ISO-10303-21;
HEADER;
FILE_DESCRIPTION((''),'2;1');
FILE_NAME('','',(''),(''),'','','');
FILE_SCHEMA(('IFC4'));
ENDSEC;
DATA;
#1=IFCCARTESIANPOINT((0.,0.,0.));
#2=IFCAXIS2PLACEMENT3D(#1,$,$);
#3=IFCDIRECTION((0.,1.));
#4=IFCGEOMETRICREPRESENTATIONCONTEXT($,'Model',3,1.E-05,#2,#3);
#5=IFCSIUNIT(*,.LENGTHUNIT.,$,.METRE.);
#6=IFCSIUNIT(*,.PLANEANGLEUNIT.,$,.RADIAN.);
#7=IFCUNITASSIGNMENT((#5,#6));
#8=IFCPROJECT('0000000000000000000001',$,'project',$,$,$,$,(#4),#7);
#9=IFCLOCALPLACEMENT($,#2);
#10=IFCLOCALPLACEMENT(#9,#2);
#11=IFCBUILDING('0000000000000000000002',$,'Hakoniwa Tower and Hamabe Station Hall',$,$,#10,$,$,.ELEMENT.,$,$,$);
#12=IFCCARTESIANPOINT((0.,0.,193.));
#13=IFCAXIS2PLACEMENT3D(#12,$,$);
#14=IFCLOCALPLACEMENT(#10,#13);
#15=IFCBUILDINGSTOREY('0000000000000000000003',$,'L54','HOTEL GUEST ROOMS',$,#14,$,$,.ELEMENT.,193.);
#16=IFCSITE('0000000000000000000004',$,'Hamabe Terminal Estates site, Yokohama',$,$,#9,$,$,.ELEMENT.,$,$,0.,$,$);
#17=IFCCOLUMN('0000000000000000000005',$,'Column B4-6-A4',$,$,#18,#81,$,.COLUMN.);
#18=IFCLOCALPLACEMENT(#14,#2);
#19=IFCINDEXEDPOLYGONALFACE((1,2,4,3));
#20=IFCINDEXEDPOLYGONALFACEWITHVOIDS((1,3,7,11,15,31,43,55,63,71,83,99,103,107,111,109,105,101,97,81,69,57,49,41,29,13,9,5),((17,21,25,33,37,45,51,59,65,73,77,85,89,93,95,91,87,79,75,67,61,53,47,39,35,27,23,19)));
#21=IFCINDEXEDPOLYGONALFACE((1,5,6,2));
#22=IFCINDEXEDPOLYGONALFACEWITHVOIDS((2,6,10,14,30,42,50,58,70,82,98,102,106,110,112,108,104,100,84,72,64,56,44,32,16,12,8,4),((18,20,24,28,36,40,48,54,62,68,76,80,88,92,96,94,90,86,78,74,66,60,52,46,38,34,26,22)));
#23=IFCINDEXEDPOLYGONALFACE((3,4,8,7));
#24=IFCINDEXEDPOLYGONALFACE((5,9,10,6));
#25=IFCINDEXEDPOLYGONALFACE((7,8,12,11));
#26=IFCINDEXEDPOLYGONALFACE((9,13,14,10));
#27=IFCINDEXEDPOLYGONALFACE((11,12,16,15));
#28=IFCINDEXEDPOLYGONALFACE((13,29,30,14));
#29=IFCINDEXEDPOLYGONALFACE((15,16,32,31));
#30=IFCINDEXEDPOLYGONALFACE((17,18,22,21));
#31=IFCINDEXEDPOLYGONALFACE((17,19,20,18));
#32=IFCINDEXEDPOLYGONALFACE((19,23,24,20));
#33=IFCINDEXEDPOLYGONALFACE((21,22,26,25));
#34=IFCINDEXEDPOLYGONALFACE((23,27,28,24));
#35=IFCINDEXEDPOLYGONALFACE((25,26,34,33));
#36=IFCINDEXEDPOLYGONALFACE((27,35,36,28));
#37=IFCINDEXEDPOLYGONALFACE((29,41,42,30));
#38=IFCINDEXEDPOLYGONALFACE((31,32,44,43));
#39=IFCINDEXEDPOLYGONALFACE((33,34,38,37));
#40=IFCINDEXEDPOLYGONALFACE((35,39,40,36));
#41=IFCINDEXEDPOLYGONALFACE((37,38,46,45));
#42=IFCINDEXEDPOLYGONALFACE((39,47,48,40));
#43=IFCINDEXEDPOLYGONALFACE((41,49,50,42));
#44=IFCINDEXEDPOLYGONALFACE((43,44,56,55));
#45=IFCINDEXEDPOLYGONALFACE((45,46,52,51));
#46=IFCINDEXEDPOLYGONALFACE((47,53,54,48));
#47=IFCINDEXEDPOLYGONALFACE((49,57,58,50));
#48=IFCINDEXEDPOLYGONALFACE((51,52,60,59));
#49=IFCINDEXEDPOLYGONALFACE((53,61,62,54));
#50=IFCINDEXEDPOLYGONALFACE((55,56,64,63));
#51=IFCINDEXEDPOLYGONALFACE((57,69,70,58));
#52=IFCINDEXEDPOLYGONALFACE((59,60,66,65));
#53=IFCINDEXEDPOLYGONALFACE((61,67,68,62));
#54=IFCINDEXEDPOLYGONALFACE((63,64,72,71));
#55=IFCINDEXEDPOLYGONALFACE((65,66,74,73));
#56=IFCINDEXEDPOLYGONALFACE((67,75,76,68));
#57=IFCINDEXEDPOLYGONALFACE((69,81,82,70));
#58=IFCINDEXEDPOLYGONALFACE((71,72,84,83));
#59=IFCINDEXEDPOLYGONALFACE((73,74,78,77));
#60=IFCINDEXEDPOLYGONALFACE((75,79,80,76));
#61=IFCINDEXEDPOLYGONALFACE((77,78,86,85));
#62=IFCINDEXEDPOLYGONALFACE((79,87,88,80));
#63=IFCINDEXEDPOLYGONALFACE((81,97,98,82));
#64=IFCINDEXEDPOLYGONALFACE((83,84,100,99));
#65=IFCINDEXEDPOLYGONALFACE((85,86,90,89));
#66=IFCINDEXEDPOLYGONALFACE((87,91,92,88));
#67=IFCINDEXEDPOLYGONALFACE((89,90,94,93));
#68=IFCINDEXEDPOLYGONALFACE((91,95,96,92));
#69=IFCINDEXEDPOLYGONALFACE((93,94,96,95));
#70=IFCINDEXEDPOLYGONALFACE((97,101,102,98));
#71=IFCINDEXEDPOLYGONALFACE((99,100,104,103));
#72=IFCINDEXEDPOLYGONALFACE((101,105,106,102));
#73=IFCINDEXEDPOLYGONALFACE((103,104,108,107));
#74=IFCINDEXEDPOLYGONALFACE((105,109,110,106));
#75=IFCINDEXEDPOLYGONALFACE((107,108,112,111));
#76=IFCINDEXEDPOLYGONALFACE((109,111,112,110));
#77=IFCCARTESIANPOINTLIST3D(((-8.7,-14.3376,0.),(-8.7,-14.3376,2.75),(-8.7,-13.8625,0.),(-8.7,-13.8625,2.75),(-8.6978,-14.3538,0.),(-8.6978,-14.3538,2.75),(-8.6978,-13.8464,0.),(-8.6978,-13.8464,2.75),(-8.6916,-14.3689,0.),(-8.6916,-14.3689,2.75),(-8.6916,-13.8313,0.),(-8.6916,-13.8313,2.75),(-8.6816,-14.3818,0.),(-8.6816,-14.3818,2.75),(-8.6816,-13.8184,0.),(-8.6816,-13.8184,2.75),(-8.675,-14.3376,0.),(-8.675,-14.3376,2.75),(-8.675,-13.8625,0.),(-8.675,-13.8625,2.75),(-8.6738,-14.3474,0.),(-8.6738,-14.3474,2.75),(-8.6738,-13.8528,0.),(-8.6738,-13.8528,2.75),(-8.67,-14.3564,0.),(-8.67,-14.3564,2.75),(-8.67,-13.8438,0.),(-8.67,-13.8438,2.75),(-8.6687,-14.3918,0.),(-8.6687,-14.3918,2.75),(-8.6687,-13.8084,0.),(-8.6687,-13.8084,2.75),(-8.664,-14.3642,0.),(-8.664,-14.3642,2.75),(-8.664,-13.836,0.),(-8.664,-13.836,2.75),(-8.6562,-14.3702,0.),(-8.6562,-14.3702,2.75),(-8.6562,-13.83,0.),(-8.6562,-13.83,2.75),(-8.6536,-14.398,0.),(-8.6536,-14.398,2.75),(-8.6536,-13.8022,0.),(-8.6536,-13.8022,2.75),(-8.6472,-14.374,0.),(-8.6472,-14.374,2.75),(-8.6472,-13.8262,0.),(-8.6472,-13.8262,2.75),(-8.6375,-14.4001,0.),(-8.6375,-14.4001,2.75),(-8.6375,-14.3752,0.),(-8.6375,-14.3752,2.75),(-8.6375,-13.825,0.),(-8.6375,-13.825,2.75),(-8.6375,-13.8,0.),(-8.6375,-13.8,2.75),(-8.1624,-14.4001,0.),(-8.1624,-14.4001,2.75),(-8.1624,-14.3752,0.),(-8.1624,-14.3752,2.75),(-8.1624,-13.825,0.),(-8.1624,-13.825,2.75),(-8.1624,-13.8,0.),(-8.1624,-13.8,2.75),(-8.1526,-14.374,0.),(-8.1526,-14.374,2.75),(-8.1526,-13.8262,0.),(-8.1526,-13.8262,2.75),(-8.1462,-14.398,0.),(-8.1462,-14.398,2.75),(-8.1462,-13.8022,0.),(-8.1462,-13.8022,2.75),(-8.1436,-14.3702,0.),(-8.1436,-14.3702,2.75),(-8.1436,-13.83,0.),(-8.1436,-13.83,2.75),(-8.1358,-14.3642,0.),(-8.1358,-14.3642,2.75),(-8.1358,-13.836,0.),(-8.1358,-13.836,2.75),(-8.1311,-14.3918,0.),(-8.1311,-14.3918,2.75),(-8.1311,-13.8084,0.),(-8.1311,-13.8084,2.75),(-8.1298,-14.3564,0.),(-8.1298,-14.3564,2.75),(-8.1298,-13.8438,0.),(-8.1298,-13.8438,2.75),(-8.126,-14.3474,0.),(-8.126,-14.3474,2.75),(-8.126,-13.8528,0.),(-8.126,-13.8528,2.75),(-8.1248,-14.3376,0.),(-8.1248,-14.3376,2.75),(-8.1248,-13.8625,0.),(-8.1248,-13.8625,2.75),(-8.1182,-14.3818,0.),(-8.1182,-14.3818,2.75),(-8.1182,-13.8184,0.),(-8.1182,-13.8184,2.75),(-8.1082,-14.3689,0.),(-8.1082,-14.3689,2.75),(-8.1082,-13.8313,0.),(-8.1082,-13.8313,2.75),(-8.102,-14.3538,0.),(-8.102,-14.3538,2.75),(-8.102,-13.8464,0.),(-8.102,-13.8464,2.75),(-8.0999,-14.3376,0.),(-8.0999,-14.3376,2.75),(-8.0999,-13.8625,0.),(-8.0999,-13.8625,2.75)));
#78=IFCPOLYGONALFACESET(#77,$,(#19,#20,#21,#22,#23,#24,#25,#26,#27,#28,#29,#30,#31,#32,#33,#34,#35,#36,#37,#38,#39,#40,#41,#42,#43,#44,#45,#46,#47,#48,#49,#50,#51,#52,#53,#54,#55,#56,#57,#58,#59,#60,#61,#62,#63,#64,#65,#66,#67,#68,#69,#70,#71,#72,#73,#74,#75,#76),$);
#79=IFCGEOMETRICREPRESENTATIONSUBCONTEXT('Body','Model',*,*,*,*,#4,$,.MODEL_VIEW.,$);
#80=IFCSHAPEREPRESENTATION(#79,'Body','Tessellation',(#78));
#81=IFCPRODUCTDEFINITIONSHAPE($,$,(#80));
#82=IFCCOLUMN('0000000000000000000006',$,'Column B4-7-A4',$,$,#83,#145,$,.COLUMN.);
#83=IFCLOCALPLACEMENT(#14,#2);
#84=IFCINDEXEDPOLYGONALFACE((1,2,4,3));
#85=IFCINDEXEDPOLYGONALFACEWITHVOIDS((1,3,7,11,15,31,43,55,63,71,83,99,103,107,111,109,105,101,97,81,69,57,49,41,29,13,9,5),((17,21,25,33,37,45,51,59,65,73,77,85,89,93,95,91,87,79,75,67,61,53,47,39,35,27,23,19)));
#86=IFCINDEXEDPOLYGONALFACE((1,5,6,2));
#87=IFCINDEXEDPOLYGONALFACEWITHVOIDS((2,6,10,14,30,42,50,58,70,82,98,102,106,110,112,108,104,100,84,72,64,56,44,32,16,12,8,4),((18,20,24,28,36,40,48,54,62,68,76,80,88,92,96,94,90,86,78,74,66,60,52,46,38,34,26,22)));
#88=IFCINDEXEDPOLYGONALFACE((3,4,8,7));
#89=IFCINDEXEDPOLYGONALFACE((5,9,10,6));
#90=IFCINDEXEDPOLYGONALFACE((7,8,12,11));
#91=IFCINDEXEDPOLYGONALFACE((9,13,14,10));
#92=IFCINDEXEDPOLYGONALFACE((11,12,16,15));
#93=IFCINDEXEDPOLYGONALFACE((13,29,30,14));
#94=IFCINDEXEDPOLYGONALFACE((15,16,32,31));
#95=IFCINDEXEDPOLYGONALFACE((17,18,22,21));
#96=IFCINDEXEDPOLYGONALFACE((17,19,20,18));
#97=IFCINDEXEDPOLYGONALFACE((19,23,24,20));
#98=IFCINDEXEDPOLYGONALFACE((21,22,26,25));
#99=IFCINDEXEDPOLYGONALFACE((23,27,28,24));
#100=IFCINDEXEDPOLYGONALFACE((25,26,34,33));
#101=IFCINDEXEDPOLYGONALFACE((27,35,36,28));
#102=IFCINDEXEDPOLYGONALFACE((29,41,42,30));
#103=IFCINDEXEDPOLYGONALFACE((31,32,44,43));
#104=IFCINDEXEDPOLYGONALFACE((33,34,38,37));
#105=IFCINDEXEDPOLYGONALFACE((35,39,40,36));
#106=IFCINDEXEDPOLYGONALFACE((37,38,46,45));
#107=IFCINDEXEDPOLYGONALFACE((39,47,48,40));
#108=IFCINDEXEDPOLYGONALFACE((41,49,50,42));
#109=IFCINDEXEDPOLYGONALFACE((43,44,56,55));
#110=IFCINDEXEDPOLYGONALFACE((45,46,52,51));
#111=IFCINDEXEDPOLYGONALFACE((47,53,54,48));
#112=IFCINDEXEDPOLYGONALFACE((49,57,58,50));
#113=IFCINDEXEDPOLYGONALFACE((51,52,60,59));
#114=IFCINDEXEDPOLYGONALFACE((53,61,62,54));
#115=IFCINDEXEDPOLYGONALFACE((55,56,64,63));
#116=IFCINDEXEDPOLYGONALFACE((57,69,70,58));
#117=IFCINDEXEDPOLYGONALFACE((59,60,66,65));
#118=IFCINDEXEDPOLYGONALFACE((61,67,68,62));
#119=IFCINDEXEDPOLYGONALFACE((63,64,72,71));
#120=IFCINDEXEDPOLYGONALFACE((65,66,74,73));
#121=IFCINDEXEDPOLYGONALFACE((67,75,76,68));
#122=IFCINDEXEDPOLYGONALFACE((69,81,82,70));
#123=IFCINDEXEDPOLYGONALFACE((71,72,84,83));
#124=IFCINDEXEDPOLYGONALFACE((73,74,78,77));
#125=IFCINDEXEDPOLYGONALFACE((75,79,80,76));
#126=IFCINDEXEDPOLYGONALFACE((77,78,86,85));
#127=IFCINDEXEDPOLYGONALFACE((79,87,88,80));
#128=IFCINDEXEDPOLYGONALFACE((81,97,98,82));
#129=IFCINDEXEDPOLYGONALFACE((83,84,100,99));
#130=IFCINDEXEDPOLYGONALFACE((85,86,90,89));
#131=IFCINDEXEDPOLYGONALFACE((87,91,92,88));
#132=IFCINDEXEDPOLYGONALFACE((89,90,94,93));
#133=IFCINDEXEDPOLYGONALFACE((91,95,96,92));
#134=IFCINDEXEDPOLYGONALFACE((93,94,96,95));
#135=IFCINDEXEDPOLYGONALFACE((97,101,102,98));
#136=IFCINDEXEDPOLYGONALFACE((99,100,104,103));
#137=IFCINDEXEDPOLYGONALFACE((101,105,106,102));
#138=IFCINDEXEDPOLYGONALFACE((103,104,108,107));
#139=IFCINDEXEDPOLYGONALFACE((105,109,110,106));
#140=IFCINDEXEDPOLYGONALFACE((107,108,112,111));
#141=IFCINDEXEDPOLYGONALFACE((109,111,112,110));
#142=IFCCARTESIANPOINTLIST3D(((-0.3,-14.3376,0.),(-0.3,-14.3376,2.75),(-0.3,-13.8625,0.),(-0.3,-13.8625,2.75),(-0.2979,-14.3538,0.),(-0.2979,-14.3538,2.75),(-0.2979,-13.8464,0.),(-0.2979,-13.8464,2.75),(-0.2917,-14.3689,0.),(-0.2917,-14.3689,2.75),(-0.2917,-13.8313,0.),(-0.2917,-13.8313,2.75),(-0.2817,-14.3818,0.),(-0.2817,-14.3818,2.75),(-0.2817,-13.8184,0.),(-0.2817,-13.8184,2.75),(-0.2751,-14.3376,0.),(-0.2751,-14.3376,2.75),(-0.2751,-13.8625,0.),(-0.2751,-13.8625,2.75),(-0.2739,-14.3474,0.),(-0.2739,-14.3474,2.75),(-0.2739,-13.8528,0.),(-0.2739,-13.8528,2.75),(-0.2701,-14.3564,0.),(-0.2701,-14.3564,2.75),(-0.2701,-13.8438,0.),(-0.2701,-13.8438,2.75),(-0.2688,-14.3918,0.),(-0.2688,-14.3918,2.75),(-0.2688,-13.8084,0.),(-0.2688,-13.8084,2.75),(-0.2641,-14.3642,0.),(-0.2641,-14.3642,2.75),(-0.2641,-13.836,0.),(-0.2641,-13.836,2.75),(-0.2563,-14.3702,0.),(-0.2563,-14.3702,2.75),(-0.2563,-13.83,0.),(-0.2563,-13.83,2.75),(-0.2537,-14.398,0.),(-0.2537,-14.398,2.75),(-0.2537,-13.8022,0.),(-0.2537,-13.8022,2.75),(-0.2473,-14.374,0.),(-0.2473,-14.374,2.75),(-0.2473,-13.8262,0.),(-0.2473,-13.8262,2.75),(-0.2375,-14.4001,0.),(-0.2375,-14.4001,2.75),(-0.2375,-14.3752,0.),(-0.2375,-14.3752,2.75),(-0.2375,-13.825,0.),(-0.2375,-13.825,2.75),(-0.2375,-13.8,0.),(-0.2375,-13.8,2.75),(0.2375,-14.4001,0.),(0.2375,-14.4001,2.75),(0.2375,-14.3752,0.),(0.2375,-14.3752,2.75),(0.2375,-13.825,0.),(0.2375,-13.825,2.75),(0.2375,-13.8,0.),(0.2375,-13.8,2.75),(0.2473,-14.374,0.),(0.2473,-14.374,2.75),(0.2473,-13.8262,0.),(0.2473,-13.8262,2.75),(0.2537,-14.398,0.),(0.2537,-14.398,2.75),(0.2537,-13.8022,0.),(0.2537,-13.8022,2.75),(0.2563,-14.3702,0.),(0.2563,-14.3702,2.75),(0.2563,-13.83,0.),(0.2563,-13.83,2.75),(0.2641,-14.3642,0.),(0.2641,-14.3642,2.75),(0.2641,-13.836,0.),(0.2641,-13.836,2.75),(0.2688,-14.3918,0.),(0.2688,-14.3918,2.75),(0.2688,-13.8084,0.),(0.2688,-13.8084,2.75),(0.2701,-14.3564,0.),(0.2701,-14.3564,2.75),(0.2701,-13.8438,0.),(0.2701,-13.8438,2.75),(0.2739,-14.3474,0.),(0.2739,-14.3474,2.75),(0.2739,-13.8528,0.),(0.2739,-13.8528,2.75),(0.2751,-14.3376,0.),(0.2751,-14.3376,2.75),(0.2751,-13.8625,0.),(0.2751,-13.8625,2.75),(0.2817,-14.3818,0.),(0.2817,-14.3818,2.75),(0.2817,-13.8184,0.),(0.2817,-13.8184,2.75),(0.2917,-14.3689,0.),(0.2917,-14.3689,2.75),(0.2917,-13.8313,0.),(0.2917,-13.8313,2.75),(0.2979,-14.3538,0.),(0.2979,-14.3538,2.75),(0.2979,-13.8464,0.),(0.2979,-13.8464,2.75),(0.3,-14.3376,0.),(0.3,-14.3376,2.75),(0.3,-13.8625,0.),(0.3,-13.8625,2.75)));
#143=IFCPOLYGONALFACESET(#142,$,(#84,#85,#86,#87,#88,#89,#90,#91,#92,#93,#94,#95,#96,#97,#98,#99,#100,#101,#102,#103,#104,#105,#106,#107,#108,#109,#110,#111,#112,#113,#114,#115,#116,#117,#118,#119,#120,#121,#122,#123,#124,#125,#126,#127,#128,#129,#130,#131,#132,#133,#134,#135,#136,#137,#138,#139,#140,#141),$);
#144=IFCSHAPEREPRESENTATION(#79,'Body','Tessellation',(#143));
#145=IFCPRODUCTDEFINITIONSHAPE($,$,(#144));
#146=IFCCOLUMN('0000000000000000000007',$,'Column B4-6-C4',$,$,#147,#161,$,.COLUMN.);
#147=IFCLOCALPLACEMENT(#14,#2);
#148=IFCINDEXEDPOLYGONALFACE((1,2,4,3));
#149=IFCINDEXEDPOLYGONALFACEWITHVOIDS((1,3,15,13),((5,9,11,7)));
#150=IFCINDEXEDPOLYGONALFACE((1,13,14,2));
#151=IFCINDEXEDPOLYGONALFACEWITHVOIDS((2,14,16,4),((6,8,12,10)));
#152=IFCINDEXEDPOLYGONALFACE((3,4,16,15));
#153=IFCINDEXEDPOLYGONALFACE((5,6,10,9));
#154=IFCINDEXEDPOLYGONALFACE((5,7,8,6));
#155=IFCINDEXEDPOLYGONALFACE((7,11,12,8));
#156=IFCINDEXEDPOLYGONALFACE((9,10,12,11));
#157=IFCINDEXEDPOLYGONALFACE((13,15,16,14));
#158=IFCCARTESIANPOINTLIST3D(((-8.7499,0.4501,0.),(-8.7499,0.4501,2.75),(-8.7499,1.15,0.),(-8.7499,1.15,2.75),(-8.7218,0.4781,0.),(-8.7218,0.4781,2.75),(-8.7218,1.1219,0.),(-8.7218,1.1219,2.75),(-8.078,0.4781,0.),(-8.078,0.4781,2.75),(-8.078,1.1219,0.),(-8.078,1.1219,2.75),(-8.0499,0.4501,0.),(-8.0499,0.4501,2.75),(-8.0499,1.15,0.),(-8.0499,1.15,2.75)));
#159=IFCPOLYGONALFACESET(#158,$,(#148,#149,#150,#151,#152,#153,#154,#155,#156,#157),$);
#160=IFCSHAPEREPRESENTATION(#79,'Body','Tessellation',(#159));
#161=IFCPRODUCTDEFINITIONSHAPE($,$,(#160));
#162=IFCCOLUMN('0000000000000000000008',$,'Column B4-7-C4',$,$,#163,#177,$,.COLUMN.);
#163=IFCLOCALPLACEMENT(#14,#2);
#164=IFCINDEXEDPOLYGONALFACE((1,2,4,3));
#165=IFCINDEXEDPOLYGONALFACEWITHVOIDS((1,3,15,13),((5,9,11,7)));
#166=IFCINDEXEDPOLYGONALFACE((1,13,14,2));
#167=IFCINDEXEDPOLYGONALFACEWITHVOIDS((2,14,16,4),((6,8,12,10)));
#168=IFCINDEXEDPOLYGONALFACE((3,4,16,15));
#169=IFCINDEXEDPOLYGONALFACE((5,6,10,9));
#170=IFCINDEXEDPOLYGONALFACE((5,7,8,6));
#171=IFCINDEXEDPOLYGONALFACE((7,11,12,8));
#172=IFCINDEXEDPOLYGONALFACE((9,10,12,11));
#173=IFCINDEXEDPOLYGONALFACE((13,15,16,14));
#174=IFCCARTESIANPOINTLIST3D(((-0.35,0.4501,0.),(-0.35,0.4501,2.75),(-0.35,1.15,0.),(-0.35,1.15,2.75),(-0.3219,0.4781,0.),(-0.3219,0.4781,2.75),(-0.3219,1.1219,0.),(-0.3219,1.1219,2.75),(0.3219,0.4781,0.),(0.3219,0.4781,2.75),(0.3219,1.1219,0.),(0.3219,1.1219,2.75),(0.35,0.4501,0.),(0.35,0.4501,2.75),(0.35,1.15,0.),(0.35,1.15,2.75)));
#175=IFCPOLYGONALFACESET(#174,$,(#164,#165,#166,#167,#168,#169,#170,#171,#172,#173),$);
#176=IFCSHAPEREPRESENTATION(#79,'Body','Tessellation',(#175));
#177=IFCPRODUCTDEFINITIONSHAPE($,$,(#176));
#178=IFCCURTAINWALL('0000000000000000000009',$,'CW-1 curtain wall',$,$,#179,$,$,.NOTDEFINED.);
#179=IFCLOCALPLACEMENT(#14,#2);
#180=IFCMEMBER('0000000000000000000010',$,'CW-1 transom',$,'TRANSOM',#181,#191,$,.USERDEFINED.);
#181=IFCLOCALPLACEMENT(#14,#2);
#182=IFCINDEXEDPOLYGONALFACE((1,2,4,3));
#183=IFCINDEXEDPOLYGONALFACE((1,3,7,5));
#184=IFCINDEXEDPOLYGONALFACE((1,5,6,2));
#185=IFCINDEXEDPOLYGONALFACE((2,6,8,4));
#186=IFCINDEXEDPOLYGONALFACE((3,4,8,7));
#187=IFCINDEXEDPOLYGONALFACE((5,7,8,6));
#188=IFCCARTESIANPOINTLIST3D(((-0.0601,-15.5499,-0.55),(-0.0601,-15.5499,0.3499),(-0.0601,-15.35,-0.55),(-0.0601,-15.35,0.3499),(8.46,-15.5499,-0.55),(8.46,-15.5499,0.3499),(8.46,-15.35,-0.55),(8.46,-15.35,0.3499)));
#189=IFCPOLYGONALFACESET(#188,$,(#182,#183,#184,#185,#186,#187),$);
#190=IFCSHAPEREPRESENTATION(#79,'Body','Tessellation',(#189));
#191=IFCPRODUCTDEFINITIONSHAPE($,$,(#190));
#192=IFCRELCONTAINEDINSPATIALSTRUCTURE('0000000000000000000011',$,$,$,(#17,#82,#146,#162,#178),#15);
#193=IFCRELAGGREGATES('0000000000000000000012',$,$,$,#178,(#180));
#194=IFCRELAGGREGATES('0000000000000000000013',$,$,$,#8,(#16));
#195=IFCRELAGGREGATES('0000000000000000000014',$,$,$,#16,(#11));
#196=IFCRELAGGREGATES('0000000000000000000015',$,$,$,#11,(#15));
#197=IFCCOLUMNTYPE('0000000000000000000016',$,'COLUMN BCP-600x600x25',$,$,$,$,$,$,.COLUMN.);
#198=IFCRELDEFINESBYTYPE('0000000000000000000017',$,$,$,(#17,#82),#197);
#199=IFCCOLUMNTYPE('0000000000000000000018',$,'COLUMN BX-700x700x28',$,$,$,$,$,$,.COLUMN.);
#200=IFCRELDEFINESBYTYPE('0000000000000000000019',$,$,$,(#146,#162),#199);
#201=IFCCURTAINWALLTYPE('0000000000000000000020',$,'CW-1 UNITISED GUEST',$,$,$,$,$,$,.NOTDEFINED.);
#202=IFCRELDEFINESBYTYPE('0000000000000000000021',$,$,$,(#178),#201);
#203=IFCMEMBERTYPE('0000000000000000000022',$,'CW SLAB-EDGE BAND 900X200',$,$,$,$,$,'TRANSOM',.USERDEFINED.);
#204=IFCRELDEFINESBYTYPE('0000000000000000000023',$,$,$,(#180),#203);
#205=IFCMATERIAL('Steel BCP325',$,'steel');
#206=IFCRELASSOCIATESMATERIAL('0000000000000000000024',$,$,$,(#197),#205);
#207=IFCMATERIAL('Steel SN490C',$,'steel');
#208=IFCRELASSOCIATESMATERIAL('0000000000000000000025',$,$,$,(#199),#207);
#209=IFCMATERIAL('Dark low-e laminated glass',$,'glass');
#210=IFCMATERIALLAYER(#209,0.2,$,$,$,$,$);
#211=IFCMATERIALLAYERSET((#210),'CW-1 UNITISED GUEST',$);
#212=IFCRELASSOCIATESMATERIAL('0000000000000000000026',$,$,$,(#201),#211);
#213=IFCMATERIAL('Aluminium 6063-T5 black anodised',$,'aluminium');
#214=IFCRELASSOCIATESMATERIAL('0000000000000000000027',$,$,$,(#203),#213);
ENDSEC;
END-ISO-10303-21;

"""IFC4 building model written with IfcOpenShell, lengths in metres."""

from ifc_helpers import new_model, si_unit, direction, frame, origin, origin_2d, place, context, subcontext, project, spatial, rectangle, hollow_rectangle, extrude, material, layer, layer_set, material_profile, profile_set, type_object, element, aggregate, save


model = new_model("IFC4")

# Units and contexts
model_context = context("Model", 3, precision=1e-05, world=origin(), true_north=direction((0.0, 1.0)))
body_context = subcontext(model_context, "Body", "Model", "MODEL_VIEW")
ifc_project = project(units=[si_unit("LENGTHUNIT", "METRE"), si_unit("PLANEANGLEUNIT", "RADIAN")], contexts=[model_context])

# Site, building, storey
site_placement = place(None, origin())
site = spatial("IfcSite", under=ifc_project, at=site_placement, Name="Hamabe Terminal Estates site, Yokohama", CompositionType="ELEMENT", RefElevation=0.0)
building_placement = place(site_placement, origin())
building = spatial("IfcBuilding", under=site, at=building_placement, Name="Hakoniwa Tower and Hamabe Station Hall", CompositionType="ELEMENT")
storey_placement = place(building_placement, frame((0.0, 0.0, 193.0)))
storey = spatial("IfcBuildingStorey", under=building, at=storey_placement, Name="L54", Description="HOTEL GUEST ROOMS", CompositionType="ELEMENT", Elevation=193.0)

# Columns
ifc_material_1 = material(Name="Steel BCP325", Category="steel")
ifc_material_profile_1 = material_profile(ifc_material_1, hollow_rectangle(XDim=0.6001, YDim=0.6001, WallThickness=0.0249, InnerFilletRadius=0.0376, OuterFilletRadius=0.0625, at=origin_2d()), Name="BCP-600x600x25")
ifc_profile_set_1 = profile_set([ifc_material_profile_1], Name="Steel BCP325")
column_type_1 = type_object("IfcColumnType", Name="COLUMN BCP-600x600x25", PredefinedType="COLUMN", material=ifc_profile_set_1)
for number, where, z_axis, x_axis, name in (
    (1, (-8.3999, -14.1001, 0.0), (0.0, 0.0, 1.0), (1.0, 0.0, 0.0), "Column B4-6-A4"),
    (2, (0.0, -14.1001, 0.0), (0.0, 0.0, 1.0), (1.0, 0.0, 0.0), "Column B4-7-A4"),
):
    element("IfcColumn", number, at=place(storey_placement, frame(where, z_axis=z_axis, x_axis=x_axis)), inside=storey, type_object=column_type_1, Name=name, PredefinedType="COLUMN", context=body_context, shape_type="SweptSolid", body=[
        extrude(hollow_rectangle(XDim=0.6001, YDim=0.6001, WallThickness=0.0249, InnerFilletRadius=0.0376, OuterFilletRadius=0.0625, at=origin_2d()), origin(), (0.0, 0.0, 1.0), 2.75),
    ])
ifc_material_2 = material(Name="Steel SN490C", Category="steel")
ifc_material_profile_2 = material_profile(ifc_material_2, hollow_rectangle(XDim=0.7, YDim=0.7, WallThickness=0.0281, at=origin_2d()), Name="BX-700x700x28")
ifc_profile_set_2 = profile_set([ifc_material_profile_2], Name="Steel SN490C")
column_type_2 = type_object("IfcColumnType", Name="COLUMN BX-700x700x28", PredefinedType="COLUMN", material=ifc_profile_set_2)
for number, where, z_axis, x_axis, name in (
    (3, (-8.3999, 0.8, 0.0), (0.0, 0.0, 1.0), (1.0, 0.0, 0.0), "Column B4-6-C4"),
    (4, (0.0, 0.8, 0.0), (0.0, 0.0, 1.0), (1.0, 0.0, 0.0), "Column B4-7-C4"),
):
    element("IfcColumn", number, at=place(storey_placement, frame(where, z_axis=z_axis, x_axis=x_axis)), inside=storey, type_object=column_type_2, Name=name, PredefinedType="COLUMN", context=body_context, shape_type="SweptSolid", body=[
        extrude(hollow_rectangle(XDim=0.7, YDim=0.7, WallThickness=0.0281, at=origin_2d()), origin(), (0.0, 0.0, 1.0), 2.75),
    ])

# Curtain wall, member
ifc_material_3 = material(Name="Dark low-e laminated glass", Category="glass")
ifc_layer_1 = layer(ifc_material_3, 0.2)
ifc_layer_set_1 = layer_set([ifc_layer_1], Name="CW-1 UNITISED GUEST")
curtain_wall_type = type_object("IfcCurtainWallType", Name="CW-1 UNITISED GUEST", PredefinedType="NOTDEFINED", material=ifc_layer_set_1)
curtain_wall_placement = place(storey_placement, origin())
curtain_wall = element("IfcCurtainWall", 5, at=curtain_wall_placement, inside=storey, type_object=curtain_wall_type, Name="CW-1 curtain wall", PredefinedType="NOTDEFINED")
ifc_material_4 = material(Name="Aluminium 6063-T5 black anodised", Category="aluminium")
ifc_material_profile_3 = material_profile(ifc_material_4, rectangle(XDim=0.2, YDim=0.8999, at=origin_2d()), Name="CW SLAB-EDGE BAND 900X200")
ifc_profile_set_3 = profile_set([ifc_material_profile_3], Name="Aluminium 6063-T5 black anodised")
member_type = type_object("IfcMemberType", Name="CW SLAB-EDGE BAND 900X200", ElementType="TRANSOM", PredefinedType="USERDEFINED", material=ifc_profile_set_3)
member_placement = place(storey_placement, frame((-0.0601, -15.45, -0.1001), z_axis=(1.0, 0.0, 0.0), x_axis=(0.0, 1.0, 0.0)))
member = element("IfcMember", 6, at=member_placement, type_object=member_type, Name="CW-1 transom", ObjectType="TRANSOM", PredefinedType="USERDEFINED", context=body_context, shape_type="SweptSolid", body=[
    extrude(rectangle(XDim=0.2, YDim=0.8999, at=origin_2d()), origin(), (0.0, 0.0, 1.0), 8.52),
])

aggregate(curtain_wall, [member])

save(model, "model.ifc")
